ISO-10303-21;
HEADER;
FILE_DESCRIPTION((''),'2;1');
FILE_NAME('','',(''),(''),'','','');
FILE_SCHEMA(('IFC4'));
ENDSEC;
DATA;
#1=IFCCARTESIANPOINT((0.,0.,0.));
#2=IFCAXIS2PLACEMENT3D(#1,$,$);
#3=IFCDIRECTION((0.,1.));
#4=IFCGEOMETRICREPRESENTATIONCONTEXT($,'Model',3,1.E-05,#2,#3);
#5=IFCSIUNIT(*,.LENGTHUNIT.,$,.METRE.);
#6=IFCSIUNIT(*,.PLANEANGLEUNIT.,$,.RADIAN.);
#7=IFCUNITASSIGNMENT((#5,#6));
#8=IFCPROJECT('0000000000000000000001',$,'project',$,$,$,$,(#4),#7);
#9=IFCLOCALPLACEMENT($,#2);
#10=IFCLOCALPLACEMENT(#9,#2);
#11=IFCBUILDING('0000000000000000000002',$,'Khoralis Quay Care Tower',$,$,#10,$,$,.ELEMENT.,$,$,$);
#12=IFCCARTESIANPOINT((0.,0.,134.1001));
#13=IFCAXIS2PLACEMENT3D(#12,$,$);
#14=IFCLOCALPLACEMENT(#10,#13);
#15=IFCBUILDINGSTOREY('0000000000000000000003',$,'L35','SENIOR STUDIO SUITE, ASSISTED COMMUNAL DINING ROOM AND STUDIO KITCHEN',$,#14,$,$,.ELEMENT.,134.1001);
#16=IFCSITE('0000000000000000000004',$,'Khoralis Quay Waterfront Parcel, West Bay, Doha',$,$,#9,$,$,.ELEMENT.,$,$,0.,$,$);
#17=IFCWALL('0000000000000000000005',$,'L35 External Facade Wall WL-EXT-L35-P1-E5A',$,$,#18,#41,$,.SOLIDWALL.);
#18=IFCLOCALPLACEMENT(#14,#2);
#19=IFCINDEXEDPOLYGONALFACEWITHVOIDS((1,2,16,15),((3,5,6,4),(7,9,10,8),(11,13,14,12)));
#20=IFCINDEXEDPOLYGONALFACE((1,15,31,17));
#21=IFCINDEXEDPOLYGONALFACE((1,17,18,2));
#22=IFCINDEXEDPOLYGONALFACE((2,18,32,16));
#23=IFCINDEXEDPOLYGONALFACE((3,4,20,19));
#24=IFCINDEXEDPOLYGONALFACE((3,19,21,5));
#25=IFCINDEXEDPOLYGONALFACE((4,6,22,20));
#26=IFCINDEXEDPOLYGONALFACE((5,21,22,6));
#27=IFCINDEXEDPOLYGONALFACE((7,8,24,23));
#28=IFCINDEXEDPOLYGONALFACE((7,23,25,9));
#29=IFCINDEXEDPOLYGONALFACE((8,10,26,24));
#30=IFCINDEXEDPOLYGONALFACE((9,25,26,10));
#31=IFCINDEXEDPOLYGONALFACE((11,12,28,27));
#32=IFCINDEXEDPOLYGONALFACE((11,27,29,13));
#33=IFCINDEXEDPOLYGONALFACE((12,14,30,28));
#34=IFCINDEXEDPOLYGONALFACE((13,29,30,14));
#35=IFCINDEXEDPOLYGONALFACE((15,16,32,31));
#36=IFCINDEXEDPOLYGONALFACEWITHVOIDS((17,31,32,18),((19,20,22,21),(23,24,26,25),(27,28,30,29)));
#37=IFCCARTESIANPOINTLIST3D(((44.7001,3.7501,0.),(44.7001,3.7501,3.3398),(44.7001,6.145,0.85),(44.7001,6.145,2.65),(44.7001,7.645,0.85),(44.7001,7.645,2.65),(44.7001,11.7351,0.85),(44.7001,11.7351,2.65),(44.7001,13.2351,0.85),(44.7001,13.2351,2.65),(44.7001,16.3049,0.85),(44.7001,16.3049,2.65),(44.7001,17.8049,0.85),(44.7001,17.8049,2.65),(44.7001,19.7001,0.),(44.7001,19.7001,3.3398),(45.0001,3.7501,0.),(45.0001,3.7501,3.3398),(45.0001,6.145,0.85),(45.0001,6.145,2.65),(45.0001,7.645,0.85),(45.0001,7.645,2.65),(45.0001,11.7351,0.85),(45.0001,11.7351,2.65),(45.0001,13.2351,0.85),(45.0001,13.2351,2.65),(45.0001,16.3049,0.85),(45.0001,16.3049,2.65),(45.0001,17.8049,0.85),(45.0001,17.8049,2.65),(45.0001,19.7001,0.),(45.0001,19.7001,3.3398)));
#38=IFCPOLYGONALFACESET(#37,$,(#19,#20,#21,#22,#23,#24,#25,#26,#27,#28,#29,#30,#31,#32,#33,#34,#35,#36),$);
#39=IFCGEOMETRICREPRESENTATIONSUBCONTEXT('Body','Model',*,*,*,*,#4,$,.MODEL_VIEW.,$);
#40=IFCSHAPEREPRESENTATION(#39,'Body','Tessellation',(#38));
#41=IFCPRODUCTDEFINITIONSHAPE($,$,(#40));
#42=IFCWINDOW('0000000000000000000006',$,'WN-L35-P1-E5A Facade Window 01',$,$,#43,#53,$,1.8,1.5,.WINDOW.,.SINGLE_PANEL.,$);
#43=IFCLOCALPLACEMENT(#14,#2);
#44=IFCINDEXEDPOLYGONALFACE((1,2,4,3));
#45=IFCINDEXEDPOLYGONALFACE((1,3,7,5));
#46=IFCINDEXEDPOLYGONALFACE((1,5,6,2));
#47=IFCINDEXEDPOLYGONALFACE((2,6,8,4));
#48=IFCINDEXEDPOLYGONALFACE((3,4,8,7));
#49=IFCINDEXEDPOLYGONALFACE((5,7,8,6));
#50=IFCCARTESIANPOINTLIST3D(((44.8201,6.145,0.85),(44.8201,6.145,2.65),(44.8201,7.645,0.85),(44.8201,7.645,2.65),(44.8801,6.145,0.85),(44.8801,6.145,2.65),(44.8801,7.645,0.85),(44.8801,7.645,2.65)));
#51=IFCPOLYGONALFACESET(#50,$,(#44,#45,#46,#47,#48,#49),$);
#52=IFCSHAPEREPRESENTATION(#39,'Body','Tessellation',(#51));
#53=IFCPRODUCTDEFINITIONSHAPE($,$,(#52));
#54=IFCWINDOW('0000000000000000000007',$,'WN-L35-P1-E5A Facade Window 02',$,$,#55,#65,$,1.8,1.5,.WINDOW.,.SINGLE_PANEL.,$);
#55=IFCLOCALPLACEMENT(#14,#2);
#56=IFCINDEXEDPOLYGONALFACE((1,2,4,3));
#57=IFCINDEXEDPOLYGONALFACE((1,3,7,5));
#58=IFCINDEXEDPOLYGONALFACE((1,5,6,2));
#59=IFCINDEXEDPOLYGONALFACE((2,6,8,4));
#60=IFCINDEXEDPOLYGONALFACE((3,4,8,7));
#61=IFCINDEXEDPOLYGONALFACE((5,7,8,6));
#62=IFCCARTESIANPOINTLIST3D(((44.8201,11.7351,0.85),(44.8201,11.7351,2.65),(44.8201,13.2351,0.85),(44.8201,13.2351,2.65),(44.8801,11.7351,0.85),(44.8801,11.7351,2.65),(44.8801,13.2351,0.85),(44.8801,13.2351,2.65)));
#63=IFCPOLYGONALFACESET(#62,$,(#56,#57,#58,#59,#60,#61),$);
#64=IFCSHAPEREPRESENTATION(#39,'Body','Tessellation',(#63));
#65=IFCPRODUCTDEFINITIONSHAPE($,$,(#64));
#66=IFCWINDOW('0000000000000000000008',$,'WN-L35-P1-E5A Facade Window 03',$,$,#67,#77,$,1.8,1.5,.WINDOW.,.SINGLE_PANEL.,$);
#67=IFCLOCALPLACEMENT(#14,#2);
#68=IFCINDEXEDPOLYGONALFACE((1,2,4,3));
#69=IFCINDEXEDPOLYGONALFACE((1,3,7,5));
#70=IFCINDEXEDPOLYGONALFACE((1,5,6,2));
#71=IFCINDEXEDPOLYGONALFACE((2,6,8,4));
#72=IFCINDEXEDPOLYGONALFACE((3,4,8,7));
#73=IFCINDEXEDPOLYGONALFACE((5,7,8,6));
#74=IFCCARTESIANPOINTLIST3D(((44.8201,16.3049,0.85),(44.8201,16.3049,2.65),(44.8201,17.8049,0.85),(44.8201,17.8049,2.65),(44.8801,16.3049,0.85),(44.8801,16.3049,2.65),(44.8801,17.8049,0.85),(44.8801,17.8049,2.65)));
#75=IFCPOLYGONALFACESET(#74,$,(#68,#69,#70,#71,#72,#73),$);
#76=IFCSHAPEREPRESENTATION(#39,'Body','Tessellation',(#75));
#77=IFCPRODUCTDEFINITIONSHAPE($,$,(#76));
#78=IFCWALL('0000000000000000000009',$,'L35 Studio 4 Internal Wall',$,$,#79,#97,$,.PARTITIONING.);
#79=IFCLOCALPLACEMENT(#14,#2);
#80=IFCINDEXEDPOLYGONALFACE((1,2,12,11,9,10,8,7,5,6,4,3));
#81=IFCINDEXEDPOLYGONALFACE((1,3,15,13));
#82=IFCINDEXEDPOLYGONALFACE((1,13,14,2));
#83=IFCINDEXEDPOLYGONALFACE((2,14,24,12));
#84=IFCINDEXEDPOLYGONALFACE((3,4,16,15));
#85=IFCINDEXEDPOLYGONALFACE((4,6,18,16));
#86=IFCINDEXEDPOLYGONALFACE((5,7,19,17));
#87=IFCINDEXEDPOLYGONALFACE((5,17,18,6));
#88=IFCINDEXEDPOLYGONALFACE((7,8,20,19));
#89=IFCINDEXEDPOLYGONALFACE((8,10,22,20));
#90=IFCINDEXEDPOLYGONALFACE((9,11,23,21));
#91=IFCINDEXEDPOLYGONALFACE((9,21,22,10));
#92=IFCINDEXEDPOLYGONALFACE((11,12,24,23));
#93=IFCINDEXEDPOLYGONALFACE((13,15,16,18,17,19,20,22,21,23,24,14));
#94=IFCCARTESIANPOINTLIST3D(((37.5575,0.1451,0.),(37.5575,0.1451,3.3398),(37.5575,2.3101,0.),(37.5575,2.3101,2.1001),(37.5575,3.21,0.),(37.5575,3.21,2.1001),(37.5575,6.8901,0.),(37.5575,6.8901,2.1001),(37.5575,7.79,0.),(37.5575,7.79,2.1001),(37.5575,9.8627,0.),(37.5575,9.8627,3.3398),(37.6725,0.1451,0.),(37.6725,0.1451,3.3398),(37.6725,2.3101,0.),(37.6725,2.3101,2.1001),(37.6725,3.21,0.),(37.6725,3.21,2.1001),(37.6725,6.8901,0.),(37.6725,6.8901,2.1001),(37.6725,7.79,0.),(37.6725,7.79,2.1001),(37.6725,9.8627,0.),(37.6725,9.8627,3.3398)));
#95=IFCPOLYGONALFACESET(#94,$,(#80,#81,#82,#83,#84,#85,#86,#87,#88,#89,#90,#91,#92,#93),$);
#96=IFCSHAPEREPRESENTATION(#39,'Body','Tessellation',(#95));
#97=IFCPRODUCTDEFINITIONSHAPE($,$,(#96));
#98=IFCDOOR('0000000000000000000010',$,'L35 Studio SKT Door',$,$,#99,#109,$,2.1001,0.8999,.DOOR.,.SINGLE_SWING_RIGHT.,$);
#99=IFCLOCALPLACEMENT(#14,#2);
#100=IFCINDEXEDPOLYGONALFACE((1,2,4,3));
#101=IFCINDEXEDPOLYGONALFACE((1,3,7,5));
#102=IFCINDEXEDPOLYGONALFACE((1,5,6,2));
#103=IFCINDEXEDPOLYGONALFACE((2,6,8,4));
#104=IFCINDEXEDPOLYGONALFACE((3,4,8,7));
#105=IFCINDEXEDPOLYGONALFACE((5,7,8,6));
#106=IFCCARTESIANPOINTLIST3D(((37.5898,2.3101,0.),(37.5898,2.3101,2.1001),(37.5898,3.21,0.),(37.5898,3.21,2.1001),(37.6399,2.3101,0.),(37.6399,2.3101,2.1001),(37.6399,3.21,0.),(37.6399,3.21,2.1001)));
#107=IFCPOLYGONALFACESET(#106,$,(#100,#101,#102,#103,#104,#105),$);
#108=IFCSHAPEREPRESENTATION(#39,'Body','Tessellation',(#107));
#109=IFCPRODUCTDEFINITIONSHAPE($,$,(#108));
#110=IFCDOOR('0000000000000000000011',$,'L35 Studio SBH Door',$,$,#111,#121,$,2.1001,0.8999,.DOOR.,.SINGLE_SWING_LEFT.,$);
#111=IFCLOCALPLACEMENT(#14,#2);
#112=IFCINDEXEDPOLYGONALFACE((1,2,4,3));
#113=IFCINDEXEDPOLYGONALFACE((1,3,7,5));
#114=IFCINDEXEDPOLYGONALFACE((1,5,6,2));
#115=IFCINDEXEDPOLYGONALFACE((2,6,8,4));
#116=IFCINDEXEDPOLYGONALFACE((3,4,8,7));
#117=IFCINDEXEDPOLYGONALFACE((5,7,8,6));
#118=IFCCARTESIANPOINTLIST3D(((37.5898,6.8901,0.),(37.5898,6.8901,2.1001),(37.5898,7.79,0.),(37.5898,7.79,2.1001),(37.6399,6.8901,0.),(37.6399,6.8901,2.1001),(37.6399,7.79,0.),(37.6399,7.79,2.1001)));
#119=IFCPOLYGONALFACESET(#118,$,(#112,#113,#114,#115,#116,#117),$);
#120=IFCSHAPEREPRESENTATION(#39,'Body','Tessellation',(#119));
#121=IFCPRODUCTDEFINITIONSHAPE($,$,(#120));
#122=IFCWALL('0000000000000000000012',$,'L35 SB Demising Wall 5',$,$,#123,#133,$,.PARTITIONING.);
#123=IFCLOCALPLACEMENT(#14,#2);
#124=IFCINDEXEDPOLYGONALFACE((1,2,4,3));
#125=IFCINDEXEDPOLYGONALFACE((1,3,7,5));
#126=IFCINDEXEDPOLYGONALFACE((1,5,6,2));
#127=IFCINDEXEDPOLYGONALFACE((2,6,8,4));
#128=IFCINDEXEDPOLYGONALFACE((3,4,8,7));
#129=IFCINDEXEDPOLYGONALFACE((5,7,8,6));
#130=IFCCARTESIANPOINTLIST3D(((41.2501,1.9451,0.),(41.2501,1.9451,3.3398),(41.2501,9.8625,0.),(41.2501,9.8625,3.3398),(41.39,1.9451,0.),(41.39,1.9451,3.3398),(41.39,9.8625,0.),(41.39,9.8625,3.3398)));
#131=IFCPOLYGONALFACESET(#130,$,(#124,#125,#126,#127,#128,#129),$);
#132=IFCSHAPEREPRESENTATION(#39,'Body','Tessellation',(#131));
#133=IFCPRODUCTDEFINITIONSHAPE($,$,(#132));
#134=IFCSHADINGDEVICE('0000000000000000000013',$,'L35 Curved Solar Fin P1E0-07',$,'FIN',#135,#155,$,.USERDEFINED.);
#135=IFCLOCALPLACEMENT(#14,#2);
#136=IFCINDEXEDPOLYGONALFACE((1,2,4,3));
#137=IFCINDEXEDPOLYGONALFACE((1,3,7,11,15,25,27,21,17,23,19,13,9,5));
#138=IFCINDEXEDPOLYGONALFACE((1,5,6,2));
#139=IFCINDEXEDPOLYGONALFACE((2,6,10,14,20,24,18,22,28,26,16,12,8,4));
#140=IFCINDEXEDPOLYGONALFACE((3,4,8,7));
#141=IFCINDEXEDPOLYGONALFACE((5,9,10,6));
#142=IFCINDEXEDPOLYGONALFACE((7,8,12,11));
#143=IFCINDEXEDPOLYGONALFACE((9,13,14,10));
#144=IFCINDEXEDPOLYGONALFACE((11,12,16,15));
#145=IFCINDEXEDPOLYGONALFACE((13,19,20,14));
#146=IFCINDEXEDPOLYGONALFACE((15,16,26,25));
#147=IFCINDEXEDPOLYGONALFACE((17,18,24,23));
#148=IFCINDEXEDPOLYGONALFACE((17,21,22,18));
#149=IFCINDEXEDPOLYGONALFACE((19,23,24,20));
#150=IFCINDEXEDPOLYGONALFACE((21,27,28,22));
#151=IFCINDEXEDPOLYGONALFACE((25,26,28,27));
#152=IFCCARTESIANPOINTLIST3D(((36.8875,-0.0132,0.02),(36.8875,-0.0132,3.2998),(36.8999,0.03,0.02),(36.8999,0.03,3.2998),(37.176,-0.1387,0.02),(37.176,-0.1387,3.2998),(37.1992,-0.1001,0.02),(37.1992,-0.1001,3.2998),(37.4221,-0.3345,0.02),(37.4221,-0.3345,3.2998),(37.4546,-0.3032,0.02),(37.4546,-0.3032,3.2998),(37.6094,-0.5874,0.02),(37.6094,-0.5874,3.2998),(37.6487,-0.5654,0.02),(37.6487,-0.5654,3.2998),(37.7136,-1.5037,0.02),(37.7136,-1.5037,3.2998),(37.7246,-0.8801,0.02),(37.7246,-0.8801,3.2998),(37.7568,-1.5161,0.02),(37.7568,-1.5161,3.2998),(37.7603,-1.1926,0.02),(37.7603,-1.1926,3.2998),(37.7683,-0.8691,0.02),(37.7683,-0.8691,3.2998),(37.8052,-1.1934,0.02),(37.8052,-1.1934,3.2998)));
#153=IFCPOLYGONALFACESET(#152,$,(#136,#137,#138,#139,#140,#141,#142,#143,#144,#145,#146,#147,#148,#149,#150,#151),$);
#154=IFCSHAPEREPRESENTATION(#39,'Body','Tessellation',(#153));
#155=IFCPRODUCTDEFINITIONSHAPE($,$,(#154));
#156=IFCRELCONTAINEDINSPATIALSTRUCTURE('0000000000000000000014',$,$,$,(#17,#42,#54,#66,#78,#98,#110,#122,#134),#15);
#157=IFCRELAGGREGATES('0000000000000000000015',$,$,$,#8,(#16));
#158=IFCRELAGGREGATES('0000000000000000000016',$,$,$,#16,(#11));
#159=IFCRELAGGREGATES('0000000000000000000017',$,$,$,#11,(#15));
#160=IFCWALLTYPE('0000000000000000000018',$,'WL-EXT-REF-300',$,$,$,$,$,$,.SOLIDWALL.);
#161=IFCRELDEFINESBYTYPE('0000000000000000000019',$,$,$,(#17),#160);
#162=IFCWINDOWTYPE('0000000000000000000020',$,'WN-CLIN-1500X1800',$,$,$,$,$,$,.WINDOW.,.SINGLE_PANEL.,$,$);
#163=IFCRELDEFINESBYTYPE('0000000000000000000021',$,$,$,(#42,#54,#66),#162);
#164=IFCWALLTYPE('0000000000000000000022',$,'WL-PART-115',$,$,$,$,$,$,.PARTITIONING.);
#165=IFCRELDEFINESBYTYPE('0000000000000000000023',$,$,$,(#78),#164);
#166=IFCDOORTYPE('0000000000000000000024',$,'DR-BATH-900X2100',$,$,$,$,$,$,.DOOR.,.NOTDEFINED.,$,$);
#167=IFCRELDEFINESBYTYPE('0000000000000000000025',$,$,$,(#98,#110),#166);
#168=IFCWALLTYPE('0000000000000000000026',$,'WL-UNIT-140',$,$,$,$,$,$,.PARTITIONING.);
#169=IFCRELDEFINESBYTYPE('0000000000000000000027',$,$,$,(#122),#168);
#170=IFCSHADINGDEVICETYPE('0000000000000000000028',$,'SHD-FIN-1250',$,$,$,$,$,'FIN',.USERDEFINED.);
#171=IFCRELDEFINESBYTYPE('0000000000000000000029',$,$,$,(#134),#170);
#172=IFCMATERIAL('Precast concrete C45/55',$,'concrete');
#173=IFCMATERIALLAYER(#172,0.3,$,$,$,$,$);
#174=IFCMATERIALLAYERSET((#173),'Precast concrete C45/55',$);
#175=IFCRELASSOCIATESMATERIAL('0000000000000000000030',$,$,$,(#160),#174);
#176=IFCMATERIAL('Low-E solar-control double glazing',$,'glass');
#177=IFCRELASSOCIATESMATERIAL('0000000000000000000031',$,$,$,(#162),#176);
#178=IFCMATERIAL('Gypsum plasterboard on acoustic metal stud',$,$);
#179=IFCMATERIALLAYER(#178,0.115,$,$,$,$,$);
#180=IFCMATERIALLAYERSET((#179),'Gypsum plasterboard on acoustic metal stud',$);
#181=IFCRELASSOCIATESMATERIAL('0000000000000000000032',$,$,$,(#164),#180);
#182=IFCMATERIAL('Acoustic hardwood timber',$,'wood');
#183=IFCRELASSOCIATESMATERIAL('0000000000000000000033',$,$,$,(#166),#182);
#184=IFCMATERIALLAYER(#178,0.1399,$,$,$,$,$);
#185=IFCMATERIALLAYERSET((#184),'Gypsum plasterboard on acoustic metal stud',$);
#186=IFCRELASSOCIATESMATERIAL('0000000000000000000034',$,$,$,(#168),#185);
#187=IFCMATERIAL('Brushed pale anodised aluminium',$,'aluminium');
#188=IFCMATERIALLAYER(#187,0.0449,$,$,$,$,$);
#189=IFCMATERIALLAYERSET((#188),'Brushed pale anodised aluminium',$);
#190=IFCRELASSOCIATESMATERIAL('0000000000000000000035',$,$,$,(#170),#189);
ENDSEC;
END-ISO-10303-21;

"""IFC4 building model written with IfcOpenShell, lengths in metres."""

from ifc_helpers import new_model, si_unit, direction, frame, frame_2d, origin, place, context, subcontext, project, spatial, polyline, rectangle, outline, extrude, source, transform, mapped, material, layer, layer_set, type_object, element, fill, save


model = new_model("IFC4")

# Units and contexts
model_context = context("Model", 3, precision=1e-05, world=origin(), true_north=direction((0.0, 1.0)))
body_context = subcontext(model_context, "Body", "Model", "MODEL_VIEW")
ifc_project = project(units=[si_unit("LENGTHUNIT", "METRE"), si_unit("PLANEANGLEUNIT", "RADIAN")], contexts=[model_context])

# Site, building, storey
site_placement = place(None, origin())
site = spatial("IfcSite", under=ifc_project, at=site_placement, Name="Khoralis Quay Waterfront Parcel, West Bay, Doha", CompositionType="ELEMENT", RefElevation=0.0)
building_placement = place(site_placement, origin())
building = spatial("IfcBuilding", under=site, at=building_placement, Name="Khoralis Quay Care Tower", CompositionType="ELEMENT")
storey_placement = place(building_placement, frame((0.0, 0.0, 134.1001)))
storey = spatial("IfcBuildingStorey", under=building, at=storey_placement, Name="L35", Description="SENIOR STUDIO SUITE, ASSISTED COMMUNAL DINING ROOM AND STUDIO KITCHEN", CompositionType="ELEMENT", Elevation=134.1001)

# Shared definitions
ifc_material_1 = material(Name="Precast concrete C45/55", Category="concrete")
ifc_layer_1 = layer(ifc_material_1, 0.3)
ifc_layer_set_1 = layer_set([ifc_layer_1], Name="Precast concrete C45/55")
wall_type_1 = type_object("IfcWallType", Name="WL-EXT-REF-300", PredefinedType="SOLIDWALL", material=ifc_layer_set_1)

# Wall, openings, windows
wall_1_placement = place(storey_placement, frame((44.8501, 3.75, 0.0), z_axis=(0.0, 0.0, 1.0), x_axis=(0.0, 1.0, 0.0)))
wall_1 = element("IfcWall", 1, at=wall_1_placement, inside=storey, type_object=wall_type_1, Name="L35 External Facade Wall WL-EXT-L35-P1-E5A", PredefinedType="SOLIDWALL", context=body_context, shape_type="SweptSolid", body=[
    extrude(rectangle(XDim=15.95, YDim=0.3, at=frame_2d((7.9751, 0.0))), origin(), (0.0, 0.0, 1.0), 3.3398),
])
opening_1_placement = place(wall_1_placement, frame((2.395, 0.0, 0.8501)))
opening_1 = element("IfcOpeningElement", 2, at=opening_1_placement, cuts=wall_1, PredefinedType="OPENING", context=body_context, shape_type="SweptSolid", body=[
    extrude(rectangle(XDim=1.5, YDim=1.8, at=frame_2d((0.75, 0.8999))), frame((0.0, 0.1602, 0.0), z_axis=(0.0, -1.0, 0.0), x_axis=(1.0, 0.0, 0.0)), (0.0, 0.0, 1.0), 0.3201),
])
opening_2_placement = place(wall_1_placement, frame((7.9851, 0.0, 0.8501)))
opening_2 = element("IfcOpeningElement", 3, at=opening_2_placement, cuts=wall_1, PredefinedType="OPENING", context=body_context, shape_type="SweptSolid", body=[
    extrude(rectangle(XDim=1.5, YDim=1.8, at=frame_2d((0.75, 0.8999))), frame((0.0, 0.1602, 0.0), z_axis=(0.0, -1.0, 0.0), x_axis=(1.0, 0.0, 0.0)), (0.0, 0.0, 1.0), 0.3201),
])
opening_3_placement = place(wall_1_placement, frame((12.5549, 0.0, 0.8501)))
opening_3 = element("IfcOpeningElement", 4, at=opening_3_placement, cuts=wall_1, PredefinedType="OPENING", context=body_context, shape_type="SweptSolid", body=[
    extrude(rectangle(XDim=1.5, YDim=1.8, at=frame_2d((0.75, 0.8999))), frame((0.0, 0.1602, 0.0), z_axis=(0.0, -1.0, 0.0), x_axis=(1.0, 0.0, 0.0)), (0.0, 0.0, 1.0), 0.3201),
])
ifc_material_2 = material(Name="Low-E solar-control double glazing", Category="glass")
window_type = type_object("IfcWindowType", Name="WN-CLIN-1500X1800", PartitioningType="SINGLE_PANEL", PredefinedType="WINDOW", material=ifc_material_2)
shared_shape_1 = source(origin(), body_context, "Body", "SweptSolid", [
    extrude(rectangle(XDim=1.5, YDim=1.8, at=frame_2d((0.75, 0.8999))), frame((0.0, 0.03, 0.0), z_axis=(0.0, -1.0, 0.0), x_axis=(1.0, 0.0, 0.0)), (0.0, 0.0, 1.0), 0.0601),
])
window_1_placement = place(opening_1_placement, origin())
window_1 = element("IfcWindow", 5, at=window_1_placement, inside=storey, type_object=window_type, Name="WN-L35-P1-E5A Facade Window 01", OverallHeight=1.8, OverallWidth=1.5, PartitioningType="SINGLE_PANEL", PredefinedType="WINDOW", context=body_context, shape_type="MappedRepresentation", body=[
    mapped(shared_shape_1, transform((0.0, 0.0, 0.0), scale=1.0)),
])
fill(opening_1, window_1)
window_2_placement = place(opening_2_placement, origin())
window_2 = element("IfcWindow", 6, at=window_2_placement, inside=storey, type_object=window_type, Name="WN-L35-P1-E5A Facade Window 02", OverallHeight=1.8, OverallWidth=1.5, PartitioningType="SINGLE_PANEL", PredefinedType="WINDOW", context=body_context, shape_type="MappedRepresentation", body=[
    mapped(shared_shape_1, transform((0.0, 0.0, 0.0), scale=1.0)),
])
fill(opening_2, window_2)
window_3_placement = place(opening_3_placement, origin())
window_3 = element("IfcWindow", 7, at=window_3_placement, inside=storey, type_object=window_type, Name="WN-L35-P1-E5A Facade Window 03", OverallHeight=1.8, OverallWidth=1.5, PartitioningType="SINGLE_PANEL", PredefinedType="WINDOW", context=body_context, shape_type="MappedRepresentation", body=[
    mapped(shared_shape_1, transform((0.0, 0.0, 0.0), scale=1.0)),
])
fill(opening_3, window_3)

# Wall, openings, doors
ifc_material_3 = material(Name="Gypsum plasterboard on acoustic metal stud")
ifc_layer_2 = layer(ifc_material_3, 0.115)
ifc_layer_set_2 = layer_set([ifc_layer_2], Name="Gypsum plasterboard on acoustic metal stud")
wall_type_2 = type_object("IfcWallType", Name="WL-PART-115", PredefinedType="PARTITIONING", material=ifc_layer_set_2)
wall_2_placement = place(storey_placement, frame((37.615, 0.145, 0.0), z_axis=(0.0, 0.0, 1.0), x_axis=(0.0, 1.0, 0.0)))
wall_2 = element("IfcWall", 8, at=wall_2_placement, inside=storey, type_object=wall_type_2, Name="L35 Studio 4 Internal Wall", PredefinedType="PARTITIONING", context=body_context, shape_type="SweptSolid", body=[
    extrude(rectangle(XDim=9.7175, YDim=0.115, at=frame_2d((4.8589, 0.0))), origin(), (0.0, 0.0, 1.0), 3.3398),
])
opening_4_placement = place(wall_2_placement, frame((2.165, 0.0, 0.0)))
opening_4 = element("IfcOpeningElement", 9, at=opening_4_placement, cuts=wall_2, PredefinedType="OPENING", context=body_context, shape_type="SweptSolid", body=[
    extrude(rectangle(XDim=0.8999, YDim=2.1001, at=frame_2d((0.45, 1.05))), frame((0.0, 0.0674, 0.0), z_axis=(0.0, -1.0, 0.0), x_axis=(1.0, 0.0, 0.0)), (0.0, 0.0, 1.0), 0.135),
])
opening_5_placement = place(wall_2_placement, frame((6.7451, 0.0, 0.0)))
opening_5 = element("IfcOpeningElement", 10, at=opening_5_placement, cuts=wall_2, PredefinedType="OPENING", context=body_context, shape_type="SweptSolid", body=[
    extrude(rectangle(XDim=0.8999, YDim=2.1001, at=frame_2d((0.45, 1.05))), frame((0.0, 0.0674, 0.0), z_axis=(0.0, -1.0, 0.0), x_axis=(1.0, 0.0, 0.0)), (0.0, 0.0, 1.0), 0.135),
])
ifc_material_4 = material(Name="Acoustic hardwood timber", Category="wood")
door_type = type_object("IfcDoorType", Name="DR-BATH-900X2100", OperationType="NOTDEFINED", PredefinedType="DOOR", material=ifc_material_4)
shared_shape_2 = source(origin(), body_context, "Body", "SweptSolid", [
    extrude(rectangle(XDim=0.8999, YDim=2.1001, at=frame_2d((0.45, 1.05))), frame((0.0, 0.0249, 0.0), z_axis=(0.0, -1.0, 0.0), x_axis=(1.0, 0.0, 0.0)), (0.0, 0.0, 1.0), 0.05),
])
door_1_placement = place(opening_4_placement, frame((0.8999, 0.0, 0.0), z_axis=(0.0, 0.0, 1.0), x_axis=(-1.0, 0.0, 0.0)))
door_1 = element("IfcDoor", 11, at=door_1_placement, inside=storey, type_object=door_type, Name="L35 Studio SKT Door", OperationType="SINGLE_SWING_RIGHT", OverallHeight=2.1001, OverallWidth=0.8999, PredefinedType="DOOR", context=body_context, shape_type="MappedRepresentation", body=[
    mapped(shared_shape_2, transform((0.0, 0.0, 0.0), scale=1.0)),
])
fill(opening_4, door_1)
door_2_placement = place(opening_5_placement, frame((0.8999, 0.0, 0.0), z_axis=(0.0, 0.0, 1.0), x_axis=(-1.0, 0.0, 0.0)))
door_2 = element("IfcDoor", 12, at=door_2_placement, inside=storey, type_object=door_type, Name="L35 Studio SBH Door", OperationType="SINGLE_SWING_LEFT", OverallHeight=2.1001, OverallWidth=0.8999, PredefinedType="DOOR", context=body_context, shape_type="MappedRepresentation", body=[
    mapped(shared_shape_2, transform((0.0, 0.0, 0.0), scale=1.0)),
])
fill(opening_5, door_2)

# Wall
ifc_layer_3 = layer(ifc_material_3, 0.1399)
ifc_layer_set_3 = layer_set([ifc_layer_3], Name="Gypsum plasterboard on acoustic metal stud")
wall_type_3 = type_object("IfcWallType", Name="WL-UNIT-140", PredefinedType="PARTITIONING", material=ifc_layer_set_3)
wall_3_placement = place(storey_placement, frame((41.3201, 1.9451, 0.0), z_axis=(0.0, 0.0, 1.0), x_axis=(0.0, 1.0, 0.0)))
element("IfcWall", 13, at=wall_3_placement, inside=storey, type_object=wall_type_3, Name="L35 SB Demising Wall 5", PredefinedType="PARTITIONING", context=body_context, shape_type="SweptSolid", body=[
    extrude(rectangle(XDim=7.9175, YDim=0.1399, at=frame_2d((3.9587, 0.0))), origin(), (0.0, 0.0, 1.0), 3.3398),
])

# Shading device
ifc_material_5 = material(Name="Brushed pale anodised aluminium", Category="aluminium")
ifc_layer_4 = layer(ifc_material_5, 0.0449)
ifc_layer_set_4 = layer_set([ifc_layer_4], Name="Brushed pale anodised aluminium")
shading_device_type = type_object("IfcShadingDeviceType", Name="SHD-FIN-1250", ElementType="FIN", PredefinedType="USERDEFINED", material=ifc_layer_set_4)
shared_shape_3 = source(origin(), body_context, "Body", "SweptSolid", [
    extrude(outline(polyline([(0.0, 0.0), (0.1301, 0.2993), (0.3333, 0.5547), (0.5955, 0.7488), (0.8992, 0.8684), (1.2234, 0.9053), (1.5461, 0.8569), (1.5337, 0.8137), (1.2227, 0.8604), (0.9102, 0.8247), (0.6174, 0.7095), (0.3645, 0.5222), (0.1687, 0.2761), (0.0432, -0.0125), (0.0, 0.0)])), origin(), (0.0, 0.0, 1.0), 3.2798),
])
shading_device_placement = place(storey_placement, frame((36.8999, 0.03, 0.02), z_axis=(0.0, 0.0, 1.0), x_axis=(0.0, -1.0, 0.0)))
element("IfcShadingDevice", 14, at=shading_device_placement, inside=storey, type_object=shading_device_type, Name="L35 Curved Solar Fin P1E0-07", ObjectType="FIN", PredefinedType="USERDEFINED", context=body_context, shape_type="MappedRepresentation", body=[
    mapped(shared_shape_3, transform((0.0, 0.0, 0.0), scale=1.0)),
])

save(model, "model.ifc")
